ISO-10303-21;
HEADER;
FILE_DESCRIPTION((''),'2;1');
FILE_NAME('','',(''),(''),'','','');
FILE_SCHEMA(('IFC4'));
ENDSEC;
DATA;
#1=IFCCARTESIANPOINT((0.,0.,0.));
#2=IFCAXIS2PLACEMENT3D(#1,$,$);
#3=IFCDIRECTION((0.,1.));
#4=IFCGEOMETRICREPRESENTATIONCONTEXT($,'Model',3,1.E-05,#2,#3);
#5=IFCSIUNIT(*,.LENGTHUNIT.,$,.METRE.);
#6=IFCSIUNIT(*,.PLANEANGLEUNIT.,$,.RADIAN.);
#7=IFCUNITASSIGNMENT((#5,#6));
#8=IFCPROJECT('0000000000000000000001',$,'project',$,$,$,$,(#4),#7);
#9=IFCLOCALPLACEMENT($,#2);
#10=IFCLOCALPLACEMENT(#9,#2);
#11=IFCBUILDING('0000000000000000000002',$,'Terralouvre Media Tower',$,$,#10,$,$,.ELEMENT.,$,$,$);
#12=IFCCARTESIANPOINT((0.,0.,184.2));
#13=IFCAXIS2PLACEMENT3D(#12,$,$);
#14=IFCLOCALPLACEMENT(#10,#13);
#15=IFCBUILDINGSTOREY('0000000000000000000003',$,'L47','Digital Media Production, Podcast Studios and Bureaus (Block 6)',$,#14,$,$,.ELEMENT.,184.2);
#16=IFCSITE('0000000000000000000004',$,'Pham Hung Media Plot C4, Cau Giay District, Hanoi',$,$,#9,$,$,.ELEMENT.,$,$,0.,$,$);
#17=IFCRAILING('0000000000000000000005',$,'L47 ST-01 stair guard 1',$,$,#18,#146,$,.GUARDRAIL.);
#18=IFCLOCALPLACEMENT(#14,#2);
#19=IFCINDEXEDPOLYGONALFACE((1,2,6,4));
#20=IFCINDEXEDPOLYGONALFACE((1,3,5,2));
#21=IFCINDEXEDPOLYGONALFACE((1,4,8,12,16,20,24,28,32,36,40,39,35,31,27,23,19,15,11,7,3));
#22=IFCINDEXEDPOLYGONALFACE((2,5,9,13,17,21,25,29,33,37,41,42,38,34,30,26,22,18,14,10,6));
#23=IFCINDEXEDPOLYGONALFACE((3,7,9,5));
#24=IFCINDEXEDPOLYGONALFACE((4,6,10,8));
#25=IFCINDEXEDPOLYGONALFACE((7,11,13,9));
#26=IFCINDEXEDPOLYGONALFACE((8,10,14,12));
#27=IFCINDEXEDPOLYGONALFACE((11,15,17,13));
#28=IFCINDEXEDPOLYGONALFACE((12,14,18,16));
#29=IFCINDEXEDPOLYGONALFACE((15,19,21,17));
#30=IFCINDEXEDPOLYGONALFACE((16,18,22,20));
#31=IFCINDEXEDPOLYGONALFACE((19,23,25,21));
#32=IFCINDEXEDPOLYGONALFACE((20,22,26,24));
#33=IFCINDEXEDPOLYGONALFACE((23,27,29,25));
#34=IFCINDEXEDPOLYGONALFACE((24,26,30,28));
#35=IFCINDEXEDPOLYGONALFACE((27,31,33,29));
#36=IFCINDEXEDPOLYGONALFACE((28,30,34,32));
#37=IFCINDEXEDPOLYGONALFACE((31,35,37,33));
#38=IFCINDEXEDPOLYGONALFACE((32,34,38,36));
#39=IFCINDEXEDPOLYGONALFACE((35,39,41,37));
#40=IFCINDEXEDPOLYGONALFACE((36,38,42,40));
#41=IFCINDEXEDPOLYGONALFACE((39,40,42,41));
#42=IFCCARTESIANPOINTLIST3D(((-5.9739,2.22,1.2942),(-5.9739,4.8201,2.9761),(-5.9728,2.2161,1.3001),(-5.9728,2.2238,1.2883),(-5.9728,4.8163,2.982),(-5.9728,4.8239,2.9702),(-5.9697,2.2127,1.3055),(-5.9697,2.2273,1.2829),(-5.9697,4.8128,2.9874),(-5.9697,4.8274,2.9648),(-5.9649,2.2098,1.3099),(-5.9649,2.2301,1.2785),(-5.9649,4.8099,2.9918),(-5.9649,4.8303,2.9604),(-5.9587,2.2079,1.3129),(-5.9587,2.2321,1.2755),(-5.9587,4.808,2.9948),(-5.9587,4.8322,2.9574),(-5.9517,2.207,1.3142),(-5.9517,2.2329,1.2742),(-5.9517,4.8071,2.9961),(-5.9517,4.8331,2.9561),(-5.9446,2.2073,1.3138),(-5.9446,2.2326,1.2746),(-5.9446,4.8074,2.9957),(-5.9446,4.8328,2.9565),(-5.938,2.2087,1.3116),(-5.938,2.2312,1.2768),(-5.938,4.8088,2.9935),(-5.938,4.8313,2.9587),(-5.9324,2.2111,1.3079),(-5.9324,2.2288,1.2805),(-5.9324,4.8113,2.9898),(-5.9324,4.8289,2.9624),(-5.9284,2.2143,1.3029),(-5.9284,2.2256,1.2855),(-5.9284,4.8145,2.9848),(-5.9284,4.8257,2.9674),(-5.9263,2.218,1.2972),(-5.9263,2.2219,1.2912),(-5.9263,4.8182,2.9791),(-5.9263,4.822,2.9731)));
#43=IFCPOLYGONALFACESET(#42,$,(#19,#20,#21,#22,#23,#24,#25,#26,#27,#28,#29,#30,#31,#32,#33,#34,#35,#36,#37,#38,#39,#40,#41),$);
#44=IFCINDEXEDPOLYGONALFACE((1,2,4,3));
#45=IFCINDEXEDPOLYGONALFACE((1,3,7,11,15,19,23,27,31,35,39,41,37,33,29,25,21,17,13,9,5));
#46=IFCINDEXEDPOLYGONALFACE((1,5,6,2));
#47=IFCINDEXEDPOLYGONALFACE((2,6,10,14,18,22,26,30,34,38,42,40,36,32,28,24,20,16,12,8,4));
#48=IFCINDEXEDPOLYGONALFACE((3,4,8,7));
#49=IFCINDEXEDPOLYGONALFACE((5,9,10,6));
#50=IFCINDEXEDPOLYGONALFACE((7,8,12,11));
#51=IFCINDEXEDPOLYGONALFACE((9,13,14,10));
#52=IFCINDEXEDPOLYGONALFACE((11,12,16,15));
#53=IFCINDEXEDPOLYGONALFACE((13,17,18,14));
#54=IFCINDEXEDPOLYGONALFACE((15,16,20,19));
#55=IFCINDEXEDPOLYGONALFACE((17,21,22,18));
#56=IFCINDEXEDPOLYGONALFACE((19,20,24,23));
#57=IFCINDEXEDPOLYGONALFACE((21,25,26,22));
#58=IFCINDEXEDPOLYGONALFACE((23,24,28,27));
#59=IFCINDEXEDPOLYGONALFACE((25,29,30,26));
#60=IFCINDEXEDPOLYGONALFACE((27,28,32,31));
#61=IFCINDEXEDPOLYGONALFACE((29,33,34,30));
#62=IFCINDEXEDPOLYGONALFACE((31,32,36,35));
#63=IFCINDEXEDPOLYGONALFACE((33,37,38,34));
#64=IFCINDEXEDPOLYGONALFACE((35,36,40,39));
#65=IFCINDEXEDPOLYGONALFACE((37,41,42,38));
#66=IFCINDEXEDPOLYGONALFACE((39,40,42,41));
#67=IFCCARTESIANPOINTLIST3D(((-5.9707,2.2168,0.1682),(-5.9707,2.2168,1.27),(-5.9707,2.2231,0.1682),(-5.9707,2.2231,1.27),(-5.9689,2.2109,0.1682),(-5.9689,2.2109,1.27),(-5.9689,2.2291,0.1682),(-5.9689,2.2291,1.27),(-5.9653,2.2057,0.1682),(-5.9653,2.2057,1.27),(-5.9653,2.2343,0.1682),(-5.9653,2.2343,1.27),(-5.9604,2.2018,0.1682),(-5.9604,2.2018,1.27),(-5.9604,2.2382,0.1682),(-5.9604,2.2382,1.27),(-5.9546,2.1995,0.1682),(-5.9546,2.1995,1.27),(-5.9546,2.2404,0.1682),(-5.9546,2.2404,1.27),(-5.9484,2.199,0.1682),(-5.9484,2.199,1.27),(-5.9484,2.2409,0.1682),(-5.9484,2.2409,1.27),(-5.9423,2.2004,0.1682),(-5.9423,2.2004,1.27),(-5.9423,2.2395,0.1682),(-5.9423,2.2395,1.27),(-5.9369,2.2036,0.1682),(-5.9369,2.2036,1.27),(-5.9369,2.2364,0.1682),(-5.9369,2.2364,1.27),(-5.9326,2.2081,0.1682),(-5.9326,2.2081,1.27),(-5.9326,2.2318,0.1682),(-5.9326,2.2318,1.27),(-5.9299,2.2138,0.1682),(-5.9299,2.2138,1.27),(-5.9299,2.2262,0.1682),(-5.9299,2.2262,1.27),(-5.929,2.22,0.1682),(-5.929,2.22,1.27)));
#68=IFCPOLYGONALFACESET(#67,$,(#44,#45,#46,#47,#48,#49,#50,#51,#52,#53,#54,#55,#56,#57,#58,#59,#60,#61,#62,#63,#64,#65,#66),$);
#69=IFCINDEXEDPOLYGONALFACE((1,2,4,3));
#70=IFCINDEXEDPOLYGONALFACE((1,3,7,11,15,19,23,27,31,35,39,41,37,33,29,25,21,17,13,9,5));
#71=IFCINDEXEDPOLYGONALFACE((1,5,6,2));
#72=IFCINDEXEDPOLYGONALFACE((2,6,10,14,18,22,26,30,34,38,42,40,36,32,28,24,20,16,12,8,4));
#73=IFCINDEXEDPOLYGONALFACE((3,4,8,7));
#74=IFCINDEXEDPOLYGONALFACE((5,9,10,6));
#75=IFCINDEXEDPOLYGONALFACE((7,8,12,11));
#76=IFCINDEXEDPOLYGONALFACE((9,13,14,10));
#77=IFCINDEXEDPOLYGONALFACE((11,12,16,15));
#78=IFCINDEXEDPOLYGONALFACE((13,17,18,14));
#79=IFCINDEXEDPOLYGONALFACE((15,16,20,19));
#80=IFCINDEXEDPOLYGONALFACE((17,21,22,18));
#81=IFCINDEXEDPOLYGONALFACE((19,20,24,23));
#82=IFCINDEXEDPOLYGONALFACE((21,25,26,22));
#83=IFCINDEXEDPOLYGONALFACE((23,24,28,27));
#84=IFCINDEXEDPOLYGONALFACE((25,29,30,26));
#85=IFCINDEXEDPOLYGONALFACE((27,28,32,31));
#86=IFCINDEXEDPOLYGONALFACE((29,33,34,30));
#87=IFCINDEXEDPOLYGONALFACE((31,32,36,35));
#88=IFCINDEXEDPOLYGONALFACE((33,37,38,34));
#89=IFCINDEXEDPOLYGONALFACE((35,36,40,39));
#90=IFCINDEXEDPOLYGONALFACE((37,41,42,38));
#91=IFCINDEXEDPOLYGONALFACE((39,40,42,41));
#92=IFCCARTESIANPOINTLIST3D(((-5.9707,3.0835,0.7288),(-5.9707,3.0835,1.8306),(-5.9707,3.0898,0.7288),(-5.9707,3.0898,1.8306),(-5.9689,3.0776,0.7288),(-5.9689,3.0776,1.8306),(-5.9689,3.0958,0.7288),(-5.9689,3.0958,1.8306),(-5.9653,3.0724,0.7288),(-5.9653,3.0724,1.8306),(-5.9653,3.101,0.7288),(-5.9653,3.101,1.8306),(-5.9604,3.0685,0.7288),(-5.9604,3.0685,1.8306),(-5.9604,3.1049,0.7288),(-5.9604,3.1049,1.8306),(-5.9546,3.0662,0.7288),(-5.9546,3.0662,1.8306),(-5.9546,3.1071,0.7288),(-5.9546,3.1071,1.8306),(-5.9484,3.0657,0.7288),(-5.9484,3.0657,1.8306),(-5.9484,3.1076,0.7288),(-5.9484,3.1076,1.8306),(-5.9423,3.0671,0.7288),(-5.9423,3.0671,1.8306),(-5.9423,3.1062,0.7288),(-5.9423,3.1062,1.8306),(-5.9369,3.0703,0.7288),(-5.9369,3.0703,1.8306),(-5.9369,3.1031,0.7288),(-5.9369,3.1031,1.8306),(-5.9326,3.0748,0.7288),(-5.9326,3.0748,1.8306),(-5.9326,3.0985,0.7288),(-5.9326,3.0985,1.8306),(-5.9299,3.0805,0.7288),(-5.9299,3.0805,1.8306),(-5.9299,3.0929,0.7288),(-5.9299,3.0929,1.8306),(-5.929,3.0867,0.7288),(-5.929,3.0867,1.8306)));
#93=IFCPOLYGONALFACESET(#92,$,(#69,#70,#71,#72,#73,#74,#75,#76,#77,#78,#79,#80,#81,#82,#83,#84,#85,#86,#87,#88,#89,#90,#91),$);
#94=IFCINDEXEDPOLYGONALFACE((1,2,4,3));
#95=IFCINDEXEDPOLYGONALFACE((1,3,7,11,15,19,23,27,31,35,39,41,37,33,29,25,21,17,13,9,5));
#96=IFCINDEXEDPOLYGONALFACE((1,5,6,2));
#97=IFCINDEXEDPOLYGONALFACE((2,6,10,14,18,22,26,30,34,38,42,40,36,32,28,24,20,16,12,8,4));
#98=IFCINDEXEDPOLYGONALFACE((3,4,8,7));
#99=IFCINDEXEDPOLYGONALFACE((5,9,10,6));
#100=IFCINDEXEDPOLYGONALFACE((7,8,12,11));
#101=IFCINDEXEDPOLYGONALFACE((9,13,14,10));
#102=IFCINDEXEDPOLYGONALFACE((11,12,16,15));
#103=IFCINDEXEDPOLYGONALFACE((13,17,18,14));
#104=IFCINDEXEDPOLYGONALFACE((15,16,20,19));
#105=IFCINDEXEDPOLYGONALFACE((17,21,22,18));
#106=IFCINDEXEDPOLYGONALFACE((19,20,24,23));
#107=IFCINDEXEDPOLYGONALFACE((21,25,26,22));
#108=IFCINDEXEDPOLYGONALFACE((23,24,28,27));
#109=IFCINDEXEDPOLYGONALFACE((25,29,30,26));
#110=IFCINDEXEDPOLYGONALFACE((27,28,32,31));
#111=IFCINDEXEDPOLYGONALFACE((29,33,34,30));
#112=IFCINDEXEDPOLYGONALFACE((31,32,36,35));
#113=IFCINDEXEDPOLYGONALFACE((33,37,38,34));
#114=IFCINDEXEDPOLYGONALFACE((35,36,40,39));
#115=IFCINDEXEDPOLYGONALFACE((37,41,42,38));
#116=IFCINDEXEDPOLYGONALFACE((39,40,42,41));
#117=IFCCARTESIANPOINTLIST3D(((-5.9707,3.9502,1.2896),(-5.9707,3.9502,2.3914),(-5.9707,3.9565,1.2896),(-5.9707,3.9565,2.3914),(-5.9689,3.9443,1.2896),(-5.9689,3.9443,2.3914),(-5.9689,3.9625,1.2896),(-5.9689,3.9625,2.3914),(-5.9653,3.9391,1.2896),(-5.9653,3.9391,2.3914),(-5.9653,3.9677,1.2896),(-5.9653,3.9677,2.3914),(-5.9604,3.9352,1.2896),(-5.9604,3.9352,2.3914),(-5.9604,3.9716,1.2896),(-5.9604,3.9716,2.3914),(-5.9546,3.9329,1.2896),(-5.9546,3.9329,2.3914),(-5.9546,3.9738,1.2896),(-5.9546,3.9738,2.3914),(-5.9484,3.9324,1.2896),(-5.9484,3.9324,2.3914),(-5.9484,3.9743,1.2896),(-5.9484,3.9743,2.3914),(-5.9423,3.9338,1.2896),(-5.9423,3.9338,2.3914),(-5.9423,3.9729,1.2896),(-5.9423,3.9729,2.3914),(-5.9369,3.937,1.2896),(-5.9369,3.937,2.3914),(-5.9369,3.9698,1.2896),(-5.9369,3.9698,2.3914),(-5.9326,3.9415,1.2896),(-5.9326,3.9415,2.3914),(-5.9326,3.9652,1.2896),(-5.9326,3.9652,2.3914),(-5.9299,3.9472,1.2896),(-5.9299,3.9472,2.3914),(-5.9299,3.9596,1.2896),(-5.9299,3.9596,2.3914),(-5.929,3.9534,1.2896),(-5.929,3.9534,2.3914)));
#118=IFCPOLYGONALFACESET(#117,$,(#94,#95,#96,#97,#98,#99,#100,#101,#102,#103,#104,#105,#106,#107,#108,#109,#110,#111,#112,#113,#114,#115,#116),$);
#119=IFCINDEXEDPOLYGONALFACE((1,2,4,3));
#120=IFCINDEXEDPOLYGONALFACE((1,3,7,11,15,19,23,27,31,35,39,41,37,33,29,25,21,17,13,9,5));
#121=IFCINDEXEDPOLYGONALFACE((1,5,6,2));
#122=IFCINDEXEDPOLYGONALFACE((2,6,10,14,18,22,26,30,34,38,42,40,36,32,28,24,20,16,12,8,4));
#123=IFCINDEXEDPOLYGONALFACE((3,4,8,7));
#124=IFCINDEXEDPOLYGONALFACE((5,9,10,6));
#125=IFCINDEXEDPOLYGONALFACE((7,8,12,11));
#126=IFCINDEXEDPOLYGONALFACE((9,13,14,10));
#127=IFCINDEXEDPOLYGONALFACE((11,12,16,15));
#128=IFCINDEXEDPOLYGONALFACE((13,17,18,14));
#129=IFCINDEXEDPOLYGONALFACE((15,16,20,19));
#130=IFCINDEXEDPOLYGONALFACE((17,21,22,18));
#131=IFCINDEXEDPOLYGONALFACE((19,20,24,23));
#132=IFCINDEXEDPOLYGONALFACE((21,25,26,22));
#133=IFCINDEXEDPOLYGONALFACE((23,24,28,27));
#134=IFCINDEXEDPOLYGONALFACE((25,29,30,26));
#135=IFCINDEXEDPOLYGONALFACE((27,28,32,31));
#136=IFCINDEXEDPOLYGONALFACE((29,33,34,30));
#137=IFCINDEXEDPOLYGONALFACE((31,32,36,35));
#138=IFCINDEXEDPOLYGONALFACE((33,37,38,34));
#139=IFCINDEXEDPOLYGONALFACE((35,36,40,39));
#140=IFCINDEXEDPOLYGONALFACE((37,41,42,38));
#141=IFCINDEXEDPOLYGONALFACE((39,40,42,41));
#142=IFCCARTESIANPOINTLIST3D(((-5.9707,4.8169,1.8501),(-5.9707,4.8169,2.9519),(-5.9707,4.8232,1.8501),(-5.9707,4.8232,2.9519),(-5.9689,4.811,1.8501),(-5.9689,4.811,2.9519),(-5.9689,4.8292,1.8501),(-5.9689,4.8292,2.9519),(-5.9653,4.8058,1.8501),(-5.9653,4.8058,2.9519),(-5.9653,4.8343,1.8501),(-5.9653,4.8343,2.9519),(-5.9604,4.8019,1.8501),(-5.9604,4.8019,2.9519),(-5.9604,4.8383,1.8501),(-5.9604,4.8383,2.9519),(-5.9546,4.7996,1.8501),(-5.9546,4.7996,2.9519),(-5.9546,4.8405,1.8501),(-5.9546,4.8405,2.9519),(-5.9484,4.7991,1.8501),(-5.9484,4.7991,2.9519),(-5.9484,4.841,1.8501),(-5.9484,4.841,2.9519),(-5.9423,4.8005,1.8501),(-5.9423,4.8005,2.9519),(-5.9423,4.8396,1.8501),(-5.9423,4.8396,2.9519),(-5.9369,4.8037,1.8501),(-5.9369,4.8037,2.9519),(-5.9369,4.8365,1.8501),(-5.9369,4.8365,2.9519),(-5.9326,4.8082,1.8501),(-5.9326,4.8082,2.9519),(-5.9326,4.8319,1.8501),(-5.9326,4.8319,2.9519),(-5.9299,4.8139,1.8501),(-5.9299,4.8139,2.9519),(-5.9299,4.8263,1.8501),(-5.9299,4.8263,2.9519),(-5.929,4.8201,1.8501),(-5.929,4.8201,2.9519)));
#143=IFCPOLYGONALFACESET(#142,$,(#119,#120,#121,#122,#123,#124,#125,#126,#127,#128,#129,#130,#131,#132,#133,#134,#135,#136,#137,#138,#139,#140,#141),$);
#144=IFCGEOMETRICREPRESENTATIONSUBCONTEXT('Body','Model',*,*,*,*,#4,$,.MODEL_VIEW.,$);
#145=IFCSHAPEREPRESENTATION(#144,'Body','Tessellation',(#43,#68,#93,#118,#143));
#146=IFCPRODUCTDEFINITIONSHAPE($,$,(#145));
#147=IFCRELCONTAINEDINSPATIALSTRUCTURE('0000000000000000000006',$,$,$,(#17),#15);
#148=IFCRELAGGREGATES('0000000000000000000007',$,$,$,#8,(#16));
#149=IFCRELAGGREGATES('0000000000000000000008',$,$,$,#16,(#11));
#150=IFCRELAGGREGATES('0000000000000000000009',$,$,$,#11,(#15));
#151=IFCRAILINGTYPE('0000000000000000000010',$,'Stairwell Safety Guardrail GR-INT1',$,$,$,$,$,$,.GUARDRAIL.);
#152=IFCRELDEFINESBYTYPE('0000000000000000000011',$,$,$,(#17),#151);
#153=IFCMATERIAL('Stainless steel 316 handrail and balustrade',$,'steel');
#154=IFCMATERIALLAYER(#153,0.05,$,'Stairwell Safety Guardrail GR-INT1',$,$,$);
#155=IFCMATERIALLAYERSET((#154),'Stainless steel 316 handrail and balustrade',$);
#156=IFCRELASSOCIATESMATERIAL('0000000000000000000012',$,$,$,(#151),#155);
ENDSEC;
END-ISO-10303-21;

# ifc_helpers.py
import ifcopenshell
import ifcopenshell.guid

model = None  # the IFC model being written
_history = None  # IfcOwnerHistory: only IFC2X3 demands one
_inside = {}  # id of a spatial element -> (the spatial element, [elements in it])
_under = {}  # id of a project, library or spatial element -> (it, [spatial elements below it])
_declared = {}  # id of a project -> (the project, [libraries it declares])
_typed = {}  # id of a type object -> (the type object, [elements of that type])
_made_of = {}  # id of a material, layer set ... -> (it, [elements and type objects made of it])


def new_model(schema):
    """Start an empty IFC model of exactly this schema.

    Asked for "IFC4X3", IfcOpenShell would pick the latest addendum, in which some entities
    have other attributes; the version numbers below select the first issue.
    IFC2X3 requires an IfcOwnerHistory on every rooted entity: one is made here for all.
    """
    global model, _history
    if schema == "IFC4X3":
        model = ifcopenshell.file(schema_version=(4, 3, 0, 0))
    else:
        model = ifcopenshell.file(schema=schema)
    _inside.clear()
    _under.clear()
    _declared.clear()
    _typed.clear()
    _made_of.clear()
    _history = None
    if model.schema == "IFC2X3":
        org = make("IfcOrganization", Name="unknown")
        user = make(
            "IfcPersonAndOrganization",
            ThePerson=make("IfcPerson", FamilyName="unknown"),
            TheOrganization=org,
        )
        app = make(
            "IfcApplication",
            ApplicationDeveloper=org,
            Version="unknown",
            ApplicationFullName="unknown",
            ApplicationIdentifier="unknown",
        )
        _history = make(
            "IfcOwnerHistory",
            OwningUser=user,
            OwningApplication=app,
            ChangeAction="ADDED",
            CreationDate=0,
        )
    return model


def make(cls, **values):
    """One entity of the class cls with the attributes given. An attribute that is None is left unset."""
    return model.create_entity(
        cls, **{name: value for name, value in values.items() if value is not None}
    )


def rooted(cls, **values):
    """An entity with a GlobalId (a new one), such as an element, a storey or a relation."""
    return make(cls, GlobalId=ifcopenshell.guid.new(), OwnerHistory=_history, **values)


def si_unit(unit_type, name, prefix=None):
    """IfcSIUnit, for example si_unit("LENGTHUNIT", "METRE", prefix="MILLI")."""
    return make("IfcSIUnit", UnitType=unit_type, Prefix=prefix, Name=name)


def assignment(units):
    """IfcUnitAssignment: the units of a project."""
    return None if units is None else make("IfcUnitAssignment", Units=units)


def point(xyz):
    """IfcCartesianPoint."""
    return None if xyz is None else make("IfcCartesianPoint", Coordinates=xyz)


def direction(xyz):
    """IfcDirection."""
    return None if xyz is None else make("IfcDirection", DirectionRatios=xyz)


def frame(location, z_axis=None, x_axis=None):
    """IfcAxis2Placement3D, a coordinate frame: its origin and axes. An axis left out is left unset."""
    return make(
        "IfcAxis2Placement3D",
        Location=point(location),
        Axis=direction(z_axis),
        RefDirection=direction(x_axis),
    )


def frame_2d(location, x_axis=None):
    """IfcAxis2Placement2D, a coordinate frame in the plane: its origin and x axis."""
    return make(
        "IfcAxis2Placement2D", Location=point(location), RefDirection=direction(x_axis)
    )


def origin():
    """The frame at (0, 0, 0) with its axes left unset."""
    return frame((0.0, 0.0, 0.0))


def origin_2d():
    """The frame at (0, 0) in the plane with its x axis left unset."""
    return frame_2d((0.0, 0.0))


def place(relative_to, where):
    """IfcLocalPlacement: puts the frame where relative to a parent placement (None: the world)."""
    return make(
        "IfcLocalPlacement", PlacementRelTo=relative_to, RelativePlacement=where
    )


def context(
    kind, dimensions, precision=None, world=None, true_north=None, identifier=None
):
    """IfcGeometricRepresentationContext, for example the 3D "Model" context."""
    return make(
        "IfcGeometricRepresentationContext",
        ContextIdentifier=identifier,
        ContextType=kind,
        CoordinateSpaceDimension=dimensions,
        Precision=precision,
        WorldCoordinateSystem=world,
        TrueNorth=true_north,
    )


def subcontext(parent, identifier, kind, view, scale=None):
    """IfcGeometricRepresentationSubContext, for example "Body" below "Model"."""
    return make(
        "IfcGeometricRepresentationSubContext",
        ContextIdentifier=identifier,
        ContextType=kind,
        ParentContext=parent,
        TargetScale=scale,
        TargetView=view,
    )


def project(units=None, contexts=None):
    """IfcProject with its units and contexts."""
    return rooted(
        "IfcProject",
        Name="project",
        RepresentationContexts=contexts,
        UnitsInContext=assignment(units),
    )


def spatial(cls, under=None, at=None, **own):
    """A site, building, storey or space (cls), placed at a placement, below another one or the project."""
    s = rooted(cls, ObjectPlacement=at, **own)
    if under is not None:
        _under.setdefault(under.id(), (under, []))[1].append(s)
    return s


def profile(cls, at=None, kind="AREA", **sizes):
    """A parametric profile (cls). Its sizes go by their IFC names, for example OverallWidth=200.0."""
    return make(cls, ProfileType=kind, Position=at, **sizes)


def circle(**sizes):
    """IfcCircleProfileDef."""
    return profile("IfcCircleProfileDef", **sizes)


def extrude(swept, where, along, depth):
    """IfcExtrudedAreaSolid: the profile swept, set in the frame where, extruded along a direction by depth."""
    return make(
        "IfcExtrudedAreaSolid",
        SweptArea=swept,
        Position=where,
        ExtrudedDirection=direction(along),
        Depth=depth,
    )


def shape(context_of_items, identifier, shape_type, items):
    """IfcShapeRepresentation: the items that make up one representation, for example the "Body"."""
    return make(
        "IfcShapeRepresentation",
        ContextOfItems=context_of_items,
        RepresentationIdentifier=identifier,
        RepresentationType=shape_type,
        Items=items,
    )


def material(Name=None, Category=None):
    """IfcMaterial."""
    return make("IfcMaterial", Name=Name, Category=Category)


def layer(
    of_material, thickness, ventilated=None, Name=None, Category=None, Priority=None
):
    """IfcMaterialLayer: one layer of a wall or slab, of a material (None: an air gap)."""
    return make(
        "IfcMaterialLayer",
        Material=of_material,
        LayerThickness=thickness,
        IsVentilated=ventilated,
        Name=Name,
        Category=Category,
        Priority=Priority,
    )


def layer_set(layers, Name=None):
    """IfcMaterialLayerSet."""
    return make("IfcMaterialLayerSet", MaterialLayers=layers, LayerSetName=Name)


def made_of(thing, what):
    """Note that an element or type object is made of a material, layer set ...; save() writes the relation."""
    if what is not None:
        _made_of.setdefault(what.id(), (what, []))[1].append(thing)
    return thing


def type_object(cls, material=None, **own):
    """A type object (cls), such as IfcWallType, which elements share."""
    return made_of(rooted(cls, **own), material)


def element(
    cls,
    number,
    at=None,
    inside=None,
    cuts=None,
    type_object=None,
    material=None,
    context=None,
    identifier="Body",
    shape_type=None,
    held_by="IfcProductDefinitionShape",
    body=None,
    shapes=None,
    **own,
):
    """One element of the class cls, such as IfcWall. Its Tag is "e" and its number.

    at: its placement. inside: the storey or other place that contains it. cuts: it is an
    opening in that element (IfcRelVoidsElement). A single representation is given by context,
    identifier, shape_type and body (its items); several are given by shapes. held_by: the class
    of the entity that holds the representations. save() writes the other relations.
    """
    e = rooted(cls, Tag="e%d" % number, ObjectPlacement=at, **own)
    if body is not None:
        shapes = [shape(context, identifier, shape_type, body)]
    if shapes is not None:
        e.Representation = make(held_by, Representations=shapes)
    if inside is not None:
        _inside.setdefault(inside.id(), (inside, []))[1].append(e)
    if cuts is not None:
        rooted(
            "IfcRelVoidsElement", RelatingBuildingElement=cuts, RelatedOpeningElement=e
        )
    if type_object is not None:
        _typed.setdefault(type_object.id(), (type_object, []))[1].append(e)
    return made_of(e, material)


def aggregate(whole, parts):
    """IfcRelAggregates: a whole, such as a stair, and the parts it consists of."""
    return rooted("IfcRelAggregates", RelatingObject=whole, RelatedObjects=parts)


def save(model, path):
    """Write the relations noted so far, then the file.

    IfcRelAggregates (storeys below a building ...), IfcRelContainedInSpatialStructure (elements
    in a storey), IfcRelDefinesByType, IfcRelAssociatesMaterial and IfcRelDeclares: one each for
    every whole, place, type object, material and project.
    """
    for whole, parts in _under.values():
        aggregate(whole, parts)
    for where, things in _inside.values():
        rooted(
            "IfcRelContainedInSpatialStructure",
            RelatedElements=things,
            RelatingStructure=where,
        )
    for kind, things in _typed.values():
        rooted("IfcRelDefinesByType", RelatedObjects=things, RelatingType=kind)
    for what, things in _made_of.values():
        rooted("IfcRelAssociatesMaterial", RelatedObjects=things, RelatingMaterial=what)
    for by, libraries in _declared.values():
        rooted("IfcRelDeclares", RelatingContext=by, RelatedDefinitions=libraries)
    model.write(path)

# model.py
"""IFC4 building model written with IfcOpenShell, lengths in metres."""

from ifc_helpers import new_model, si_unit, direction, frame, origin, origin_2d, place, context, subcontext, project, spatial, circle, extrude, material, layer, layer_set, type_object, element, save


model = new_model("IFC4")

# Units and contexts
model_context = context("Model", 3, precision=1e-05, world=origin(), true_north=direction((0.0, 1.0)))
body_context = subcontext(model_context, "Body", "Model", "MODEL_VIEW")
ifc_project = project(units=[si_unit("LENGTHUNIT", "METRE"), si_unit("PLANEANGLEUNIT", "RADIAN")], contexts=[model_context])

# Site, building, storey
site_placement = place(None, origin())
site = spatial("IfcSite", under=ifc_project, at=site_placement, Name="Pham Hung Media Plot C4, Cau Giay District, Hanoi", CompositionType="ELEMENT", RefElevation=0.0)
building_placement = place(site_placement, origin())
building = spatial("IfcBuilding", under=site, at=building_placement, Name="Terralouvre Media Tower", CompositionType="ELEMENT")
storey_placement = place(building_placement, frame((0.0, 0.0, 184.2)))
storey = spatial("IfcBuildingStorey", under=building, at=storey_placement, Name="L47", Description="Digital Media Production, Podcast Studios and Bureaus (Block 6)", CompositionType="ELEMENT", Elevation=184.2)

# Railing
ifc_material_1 = material(Name="Stainless steel 316 handrail and balustrade", Category="steel")
ifc_layer_1 = layer(ifc_material_1, 0.05, Name="Stairwell Safety Guardrail GR-INT1")
ifc_layer_set_1 = layer_set([ifc_layer_1], Name="Stainless steel 316 handrail and balustrade")
railing_type_1 = type_object("IfcRailingType", Name="Stairwell Safety Guardrail GR-INT1", PredefinedType="GUARDRAIL", material=ifc_layer_set_1)
railing_1_placement = place(storey_placement, frame((-5.95, 2.22, 0.1682)))
element("IfcRailing", 1, at=railing_1_placement, inside=storey, type_object=railing_type_1, Name="L47 ST-01 stair guard 1", PredefinedType="GUARDRAIL", context=body_context, shape_type="SweptSolid", body=[
    extrude(circle(Radius=0.0239, at=origin_2d()), frame((0.0, 0.0, 1.126), z_axis=(0.0, 0.839648, 0.54313), x_axis=(-1.0, 0.0, 0.0)), (0.0, 0.0, 1.0), 3.0967),
    extrude(circle(Radius=0.021, at=origin_2d()), origin(), (0.0, 0.0, 1.0), 1.1018),
    extrude(circle(Radius=0.021, at=origin_2d()), frame((0.0, 0.8667, 0.5605)), (0.0, 0.0, 1.0), 1.1018),
    extrude(circle(Radius=0.021, at=origin_2d()), frame((0.0, 1.7334, 1.1213)), (0.0, 0.0, 1.0), 1.1018),
    extrude(circle(Radius=0.021, at=origin_2d()), frame((0.0, 2.6001, 1.6819)), (0.0, 0.0, 1.0), 1.1018),
])

save(model, "model.ifc")
